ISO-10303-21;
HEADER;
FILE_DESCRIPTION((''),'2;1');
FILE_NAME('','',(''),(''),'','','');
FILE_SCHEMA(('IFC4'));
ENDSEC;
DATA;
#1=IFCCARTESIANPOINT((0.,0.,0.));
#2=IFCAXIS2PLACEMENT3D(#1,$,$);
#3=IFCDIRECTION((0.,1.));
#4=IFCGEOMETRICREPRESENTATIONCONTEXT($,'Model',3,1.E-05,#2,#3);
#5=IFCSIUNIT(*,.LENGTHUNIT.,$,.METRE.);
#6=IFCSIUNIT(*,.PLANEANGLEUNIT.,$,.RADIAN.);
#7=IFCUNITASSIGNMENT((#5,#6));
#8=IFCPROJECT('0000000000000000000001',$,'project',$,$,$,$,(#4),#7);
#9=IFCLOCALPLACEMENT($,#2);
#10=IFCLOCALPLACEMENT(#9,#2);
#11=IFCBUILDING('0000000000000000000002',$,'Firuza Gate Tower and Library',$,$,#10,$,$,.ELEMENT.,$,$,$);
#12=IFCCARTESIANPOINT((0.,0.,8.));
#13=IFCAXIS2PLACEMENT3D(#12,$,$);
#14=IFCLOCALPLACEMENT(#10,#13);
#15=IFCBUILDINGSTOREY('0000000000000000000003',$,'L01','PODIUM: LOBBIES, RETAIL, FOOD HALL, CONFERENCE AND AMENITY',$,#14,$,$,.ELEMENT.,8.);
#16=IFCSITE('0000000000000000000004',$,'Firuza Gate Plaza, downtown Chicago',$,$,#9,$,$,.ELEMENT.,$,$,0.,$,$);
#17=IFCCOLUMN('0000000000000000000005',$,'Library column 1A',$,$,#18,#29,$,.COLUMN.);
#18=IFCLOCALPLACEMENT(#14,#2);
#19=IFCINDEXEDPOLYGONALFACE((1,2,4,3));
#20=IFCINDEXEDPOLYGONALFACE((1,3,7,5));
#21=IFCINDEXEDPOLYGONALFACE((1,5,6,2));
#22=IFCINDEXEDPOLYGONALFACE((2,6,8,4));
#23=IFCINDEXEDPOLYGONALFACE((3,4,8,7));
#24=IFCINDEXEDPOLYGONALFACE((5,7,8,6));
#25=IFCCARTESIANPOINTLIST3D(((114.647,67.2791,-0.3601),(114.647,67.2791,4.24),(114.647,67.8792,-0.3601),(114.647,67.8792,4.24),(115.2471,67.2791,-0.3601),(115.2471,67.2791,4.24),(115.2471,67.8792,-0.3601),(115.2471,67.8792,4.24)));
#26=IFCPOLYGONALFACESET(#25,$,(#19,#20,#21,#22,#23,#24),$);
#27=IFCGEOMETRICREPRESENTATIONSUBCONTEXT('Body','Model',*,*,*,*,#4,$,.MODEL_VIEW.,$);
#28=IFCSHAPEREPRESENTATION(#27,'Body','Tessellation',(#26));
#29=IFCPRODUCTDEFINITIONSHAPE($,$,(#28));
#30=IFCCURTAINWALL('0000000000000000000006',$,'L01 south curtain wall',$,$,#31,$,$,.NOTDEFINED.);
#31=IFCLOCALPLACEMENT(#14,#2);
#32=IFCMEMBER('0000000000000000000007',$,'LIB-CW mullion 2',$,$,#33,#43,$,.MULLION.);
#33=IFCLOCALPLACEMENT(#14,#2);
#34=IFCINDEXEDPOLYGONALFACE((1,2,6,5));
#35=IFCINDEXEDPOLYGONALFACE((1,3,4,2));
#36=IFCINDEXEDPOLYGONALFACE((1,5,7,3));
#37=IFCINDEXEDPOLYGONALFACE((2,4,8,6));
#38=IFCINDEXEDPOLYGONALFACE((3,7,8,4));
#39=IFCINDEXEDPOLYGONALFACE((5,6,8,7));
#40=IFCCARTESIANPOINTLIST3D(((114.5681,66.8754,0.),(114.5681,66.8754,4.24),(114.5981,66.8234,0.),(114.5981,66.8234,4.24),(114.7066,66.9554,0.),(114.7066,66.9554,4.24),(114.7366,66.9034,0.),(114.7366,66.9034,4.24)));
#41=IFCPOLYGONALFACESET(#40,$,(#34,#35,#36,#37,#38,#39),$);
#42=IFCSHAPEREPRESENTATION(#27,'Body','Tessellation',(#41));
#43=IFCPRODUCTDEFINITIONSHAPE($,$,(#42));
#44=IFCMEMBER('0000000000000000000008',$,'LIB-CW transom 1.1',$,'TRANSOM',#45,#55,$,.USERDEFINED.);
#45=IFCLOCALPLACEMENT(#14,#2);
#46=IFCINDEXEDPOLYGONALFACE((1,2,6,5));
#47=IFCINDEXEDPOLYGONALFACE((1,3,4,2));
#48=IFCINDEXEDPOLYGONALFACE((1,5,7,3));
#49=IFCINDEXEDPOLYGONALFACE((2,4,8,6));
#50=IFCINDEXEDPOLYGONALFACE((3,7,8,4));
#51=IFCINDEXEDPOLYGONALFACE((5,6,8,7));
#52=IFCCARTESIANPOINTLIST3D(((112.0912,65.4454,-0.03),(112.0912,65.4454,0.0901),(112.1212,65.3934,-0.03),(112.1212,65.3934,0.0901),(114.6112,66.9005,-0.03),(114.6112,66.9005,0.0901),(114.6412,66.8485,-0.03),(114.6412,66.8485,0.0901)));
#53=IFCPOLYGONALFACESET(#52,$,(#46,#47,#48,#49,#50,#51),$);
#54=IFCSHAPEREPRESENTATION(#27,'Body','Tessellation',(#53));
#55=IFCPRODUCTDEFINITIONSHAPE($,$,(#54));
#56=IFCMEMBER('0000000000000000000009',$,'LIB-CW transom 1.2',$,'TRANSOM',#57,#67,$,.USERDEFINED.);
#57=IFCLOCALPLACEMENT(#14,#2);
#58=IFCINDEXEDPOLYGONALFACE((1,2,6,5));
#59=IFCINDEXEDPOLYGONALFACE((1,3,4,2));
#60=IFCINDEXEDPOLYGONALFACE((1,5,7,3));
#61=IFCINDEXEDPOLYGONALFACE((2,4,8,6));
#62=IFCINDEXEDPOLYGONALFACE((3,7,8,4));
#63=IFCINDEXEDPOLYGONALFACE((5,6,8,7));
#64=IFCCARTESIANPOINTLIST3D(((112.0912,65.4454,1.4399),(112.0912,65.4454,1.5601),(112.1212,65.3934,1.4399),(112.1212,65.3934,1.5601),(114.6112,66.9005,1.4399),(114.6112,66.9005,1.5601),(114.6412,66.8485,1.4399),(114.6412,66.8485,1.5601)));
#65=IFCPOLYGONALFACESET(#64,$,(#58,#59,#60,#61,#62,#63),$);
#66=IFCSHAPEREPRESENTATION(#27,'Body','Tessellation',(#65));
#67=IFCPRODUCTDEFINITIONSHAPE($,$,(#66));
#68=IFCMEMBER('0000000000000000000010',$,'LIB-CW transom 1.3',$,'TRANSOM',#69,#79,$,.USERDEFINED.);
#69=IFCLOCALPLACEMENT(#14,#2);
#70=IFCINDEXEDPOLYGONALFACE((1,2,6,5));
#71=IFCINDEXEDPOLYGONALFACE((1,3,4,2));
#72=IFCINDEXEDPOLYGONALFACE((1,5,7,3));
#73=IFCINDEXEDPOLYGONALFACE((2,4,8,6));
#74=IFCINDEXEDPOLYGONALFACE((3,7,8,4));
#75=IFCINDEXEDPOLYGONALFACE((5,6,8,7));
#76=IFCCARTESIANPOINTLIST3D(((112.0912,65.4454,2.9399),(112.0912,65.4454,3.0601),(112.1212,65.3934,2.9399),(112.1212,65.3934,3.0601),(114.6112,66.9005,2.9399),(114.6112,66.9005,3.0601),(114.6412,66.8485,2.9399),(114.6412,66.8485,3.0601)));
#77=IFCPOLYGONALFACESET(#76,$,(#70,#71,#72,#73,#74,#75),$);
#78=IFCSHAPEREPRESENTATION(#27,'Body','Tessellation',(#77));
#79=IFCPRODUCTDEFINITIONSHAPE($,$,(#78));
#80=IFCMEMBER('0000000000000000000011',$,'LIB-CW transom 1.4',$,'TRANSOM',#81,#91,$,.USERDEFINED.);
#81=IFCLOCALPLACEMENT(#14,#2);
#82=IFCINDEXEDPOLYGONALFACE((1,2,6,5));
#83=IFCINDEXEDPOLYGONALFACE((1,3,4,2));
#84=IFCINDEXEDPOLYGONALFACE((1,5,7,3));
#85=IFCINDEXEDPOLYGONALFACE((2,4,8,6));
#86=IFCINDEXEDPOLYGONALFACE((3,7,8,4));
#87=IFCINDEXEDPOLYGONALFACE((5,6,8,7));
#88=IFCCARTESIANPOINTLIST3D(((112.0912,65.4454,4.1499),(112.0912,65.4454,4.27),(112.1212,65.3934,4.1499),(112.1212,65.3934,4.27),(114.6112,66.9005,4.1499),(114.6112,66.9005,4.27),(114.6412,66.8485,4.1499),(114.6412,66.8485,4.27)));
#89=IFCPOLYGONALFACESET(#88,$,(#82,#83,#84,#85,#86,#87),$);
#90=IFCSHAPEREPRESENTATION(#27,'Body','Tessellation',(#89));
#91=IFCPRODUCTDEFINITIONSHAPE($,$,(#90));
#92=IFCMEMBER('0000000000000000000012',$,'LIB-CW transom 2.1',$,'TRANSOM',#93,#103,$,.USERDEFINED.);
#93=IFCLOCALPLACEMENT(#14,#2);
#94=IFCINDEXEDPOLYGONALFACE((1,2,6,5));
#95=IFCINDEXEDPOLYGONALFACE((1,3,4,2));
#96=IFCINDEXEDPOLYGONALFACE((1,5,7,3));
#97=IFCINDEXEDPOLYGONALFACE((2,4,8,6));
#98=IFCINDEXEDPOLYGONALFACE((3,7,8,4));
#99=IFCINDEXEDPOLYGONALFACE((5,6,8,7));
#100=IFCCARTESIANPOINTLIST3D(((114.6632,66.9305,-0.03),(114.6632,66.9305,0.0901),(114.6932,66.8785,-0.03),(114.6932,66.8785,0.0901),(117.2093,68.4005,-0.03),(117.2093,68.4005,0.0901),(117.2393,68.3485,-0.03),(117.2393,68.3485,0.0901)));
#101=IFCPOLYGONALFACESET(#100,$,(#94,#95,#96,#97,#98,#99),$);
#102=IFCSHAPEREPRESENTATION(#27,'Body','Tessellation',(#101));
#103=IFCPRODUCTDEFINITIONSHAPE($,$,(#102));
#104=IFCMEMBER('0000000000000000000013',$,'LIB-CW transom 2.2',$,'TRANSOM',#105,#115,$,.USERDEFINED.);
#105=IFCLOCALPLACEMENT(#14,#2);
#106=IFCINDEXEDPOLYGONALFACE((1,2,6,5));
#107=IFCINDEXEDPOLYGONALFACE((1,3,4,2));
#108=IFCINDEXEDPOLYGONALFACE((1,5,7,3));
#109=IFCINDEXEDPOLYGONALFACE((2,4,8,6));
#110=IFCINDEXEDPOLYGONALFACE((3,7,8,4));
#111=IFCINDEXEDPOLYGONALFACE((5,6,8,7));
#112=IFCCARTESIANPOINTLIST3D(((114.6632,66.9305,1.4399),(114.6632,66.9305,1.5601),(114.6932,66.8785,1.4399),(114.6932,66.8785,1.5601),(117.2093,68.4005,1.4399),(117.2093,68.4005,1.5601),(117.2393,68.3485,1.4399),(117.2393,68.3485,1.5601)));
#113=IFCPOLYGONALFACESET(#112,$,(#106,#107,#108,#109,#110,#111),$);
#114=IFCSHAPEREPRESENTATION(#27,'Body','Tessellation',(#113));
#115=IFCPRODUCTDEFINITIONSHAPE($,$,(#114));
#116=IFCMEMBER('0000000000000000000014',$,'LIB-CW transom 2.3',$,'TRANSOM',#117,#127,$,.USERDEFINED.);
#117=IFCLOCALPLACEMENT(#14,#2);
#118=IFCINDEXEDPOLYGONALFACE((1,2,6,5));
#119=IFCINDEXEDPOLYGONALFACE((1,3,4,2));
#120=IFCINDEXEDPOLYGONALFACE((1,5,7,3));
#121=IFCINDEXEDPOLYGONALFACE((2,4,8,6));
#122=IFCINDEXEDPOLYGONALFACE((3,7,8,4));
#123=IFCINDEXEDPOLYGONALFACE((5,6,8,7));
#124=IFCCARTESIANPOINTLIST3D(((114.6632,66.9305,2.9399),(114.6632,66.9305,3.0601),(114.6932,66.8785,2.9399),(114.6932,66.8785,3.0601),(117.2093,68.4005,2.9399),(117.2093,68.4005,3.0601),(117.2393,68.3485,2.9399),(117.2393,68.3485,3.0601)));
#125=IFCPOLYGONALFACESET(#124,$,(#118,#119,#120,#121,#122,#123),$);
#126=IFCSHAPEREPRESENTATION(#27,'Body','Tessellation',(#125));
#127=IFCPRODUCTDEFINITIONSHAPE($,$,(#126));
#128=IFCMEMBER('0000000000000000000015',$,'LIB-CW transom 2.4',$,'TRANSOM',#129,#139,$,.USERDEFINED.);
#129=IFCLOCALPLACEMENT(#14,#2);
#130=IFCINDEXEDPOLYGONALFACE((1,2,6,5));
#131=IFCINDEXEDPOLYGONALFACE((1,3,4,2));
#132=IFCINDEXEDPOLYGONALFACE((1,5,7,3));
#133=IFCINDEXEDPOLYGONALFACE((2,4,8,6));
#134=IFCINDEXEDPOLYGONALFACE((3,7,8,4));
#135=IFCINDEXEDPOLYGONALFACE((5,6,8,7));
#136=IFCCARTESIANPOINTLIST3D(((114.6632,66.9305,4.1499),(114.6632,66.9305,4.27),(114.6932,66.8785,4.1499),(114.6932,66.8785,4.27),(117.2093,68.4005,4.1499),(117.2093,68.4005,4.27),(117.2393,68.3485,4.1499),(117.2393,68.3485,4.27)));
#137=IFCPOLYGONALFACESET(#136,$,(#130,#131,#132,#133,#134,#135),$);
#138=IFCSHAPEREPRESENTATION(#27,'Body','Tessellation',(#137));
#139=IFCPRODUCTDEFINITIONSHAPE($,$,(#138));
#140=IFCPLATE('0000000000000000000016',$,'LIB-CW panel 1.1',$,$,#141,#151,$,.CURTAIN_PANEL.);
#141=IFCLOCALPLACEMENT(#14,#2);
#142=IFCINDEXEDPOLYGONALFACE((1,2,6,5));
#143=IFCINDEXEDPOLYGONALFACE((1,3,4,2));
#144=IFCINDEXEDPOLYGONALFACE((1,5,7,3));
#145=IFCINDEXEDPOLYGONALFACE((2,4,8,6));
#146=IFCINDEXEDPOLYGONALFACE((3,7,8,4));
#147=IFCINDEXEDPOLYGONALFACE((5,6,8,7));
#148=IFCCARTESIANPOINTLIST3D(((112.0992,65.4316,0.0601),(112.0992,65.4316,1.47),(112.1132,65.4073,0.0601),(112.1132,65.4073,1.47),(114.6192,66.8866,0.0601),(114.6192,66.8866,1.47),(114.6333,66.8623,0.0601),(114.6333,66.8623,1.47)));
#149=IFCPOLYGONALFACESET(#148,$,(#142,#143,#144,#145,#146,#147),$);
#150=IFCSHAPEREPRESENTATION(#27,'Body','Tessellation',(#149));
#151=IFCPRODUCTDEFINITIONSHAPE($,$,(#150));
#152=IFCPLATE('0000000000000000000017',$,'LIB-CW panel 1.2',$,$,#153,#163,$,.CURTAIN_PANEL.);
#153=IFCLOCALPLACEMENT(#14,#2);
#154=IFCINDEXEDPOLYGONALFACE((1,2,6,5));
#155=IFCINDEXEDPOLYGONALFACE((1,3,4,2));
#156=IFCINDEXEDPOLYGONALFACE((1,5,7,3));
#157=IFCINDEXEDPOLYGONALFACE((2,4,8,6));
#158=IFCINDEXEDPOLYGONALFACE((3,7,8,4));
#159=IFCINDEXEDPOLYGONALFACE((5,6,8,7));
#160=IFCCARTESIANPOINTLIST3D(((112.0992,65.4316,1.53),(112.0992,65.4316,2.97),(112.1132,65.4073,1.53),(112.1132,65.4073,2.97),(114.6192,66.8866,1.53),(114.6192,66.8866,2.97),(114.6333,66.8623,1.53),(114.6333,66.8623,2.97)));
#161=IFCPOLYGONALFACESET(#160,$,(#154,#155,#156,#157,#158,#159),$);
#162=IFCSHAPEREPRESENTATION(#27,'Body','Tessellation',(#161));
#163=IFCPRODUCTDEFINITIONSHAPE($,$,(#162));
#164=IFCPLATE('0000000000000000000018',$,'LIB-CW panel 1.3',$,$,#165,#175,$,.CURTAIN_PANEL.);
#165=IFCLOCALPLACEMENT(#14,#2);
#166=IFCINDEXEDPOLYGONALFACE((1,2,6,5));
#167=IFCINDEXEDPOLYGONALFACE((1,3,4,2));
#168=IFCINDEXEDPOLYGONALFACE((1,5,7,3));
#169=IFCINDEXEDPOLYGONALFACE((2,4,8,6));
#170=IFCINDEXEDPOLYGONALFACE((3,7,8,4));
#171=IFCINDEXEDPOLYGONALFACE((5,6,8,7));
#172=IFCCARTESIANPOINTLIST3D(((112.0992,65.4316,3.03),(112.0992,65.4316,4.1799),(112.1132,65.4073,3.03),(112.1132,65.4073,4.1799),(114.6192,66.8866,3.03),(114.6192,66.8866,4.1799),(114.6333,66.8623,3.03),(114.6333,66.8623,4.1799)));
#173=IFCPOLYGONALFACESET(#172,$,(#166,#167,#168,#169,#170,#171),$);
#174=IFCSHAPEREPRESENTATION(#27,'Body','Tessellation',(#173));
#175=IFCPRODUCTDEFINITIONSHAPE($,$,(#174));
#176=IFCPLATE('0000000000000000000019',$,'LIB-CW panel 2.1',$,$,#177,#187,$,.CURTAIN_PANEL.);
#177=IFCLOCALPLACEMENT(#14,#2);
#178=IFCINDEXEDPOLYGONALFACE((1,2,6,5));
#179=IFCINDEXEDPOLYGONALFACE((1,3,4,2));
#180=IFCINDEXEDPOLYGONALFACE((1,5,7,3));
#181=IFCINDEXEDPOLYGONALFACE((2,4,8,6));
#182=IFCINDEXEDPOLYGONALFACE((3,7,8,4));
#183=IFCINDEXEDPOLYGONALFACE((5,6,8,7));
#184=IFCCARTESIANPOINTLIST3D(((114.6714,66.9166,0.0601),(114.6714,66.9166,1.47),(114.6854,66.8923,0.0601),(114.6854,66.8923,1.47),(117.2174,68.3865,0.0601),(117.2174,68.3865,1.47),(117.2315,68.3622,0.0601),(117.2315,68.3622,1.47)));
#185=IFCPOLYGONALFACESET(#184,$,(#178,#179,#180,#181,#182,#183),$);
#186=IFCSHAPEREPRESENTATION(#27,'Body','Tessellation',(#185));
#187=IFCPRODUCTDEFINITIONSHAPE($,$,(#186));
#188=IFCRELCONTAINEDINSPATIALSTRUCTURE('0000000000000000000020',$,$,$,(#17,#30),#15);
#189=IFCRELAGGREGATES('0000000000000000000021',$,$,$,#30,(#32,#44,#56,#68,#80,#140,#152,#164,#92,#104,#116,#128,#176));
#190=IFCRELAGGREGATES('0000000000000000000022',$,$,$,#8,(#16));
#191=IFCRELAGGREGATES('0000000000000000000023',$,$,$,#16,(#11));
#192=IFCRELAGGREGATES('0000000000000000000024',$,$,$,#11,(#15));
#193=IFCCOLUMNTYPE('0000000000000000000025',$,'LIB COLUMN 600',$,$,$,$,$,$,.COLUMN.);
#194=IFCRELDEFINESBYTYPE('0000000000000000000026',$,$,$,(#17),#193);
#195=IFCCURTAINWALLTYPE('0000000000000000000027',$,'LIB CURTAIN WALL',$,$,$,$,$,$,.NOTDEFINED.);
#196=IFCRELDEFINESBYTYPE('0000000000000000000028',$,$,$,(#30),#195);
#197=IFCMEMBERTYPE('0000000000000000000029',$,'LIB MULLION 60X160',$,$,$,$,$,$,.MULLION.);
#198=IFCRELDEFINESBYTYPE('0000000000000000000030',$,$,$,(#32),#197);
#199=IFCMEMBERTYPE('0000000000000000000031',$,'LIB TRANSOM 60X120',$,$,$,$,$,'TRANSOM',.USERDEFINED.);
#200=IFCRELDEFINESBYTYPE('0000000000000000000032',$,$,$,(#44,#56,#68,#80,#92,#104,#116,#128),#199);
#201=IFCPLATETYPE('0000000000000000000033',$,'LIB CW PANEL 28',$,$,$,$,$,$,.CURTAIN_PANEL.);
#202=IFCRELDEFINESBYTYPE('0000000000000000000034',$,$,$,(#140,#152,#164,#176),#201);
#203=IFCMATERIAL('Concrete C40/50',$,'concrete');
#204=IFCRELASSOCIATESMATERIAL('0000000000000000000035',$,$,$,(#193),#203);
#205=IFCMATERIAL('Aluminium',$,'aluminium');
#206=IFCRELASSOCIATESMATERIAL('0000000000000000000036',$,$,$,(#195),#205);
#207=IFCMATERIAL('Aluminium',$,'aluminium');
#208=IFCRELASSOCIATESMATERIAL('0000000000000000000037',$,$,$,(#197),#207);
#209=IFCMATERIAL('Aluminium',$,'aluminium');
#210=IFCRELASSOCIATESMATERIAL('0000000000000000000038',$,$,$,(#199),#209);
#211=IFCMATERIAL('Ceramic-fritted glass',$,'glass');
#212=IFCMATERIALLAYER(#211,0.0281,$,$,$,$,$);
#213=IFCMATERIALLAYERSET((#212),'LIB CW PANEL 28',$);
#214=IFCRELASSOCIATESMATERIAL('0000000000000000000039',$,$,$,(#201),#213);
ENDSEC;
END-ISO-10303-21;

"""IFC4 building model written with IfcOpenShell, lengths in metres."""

from ifc_helpers import new_model, si_unit, direction, frame, origin, origin_2d, place, context, subcontext, project, spatial, rectangle, extrude, material, layer, layer_set, material_profile, profile_set, type_object, element, aggregate, save


model = new_model("IFC4")

# Units and contexts
model_context = context("Model", 3, precision=1e-05, world=origin(), true_north=direction((0.0, 1.0)))
body_context = subcontext(model_context, "Body", "Model", "MODEL_VIEW")
ifc_project = project(units=[si_unit("LENGTHUNIT", "METRE"), si_unit("PLANEANGLEUNIT", "RADIAN")], contexts=[model_context])

# Site, building, storey
site_placement = place(None, origin())
site = spatial("IfcSite", under=ifc_project, at=site_placement, Name="Firuza Gate Plaza, downtown Chicago", CompositionType="ELEMENT", RefElevation=0.0)
building_placement = place(site_placement, origin())
building = spatial("IfcBuilding", under=site, at=building_placement, Name="Firuza Gate Tower and Library", CompositionType="ELEMENT")
storey_placement = place(building_placement, frame((0.0, 0.0, 8.0)))
storey = spatial("IfcBuildingStorey", under=building, at=storey_placement, Name="L01", Description="PODIUM: LOBBIES, RETAIL, FOOD HALL, CONFERENCE AND AMENITY", CompositionType="ELEMENT", Elevation=8.0)

# Column
ifc_material_1 = material(Name="Concrete C40/50", Category="concrete")
ifc_material_profile_1 = material_profile(ifc_material_1, rectangle(XDim=0.6001, YDim=0.6001, at=origin_2d()))
ifc_profile_set_1 = profile_set([ifc_material_profile_1], Name="Concrete C40/50")
column_type = type_object("IfcColumnType", Name="LIB COLUMN 600", PredefinedType="COLUMN", material=ifc_profile_set_1)
column_placement = place(storey_placement, frame((114.947, 67.5791, -0.3601), z_axis=(0.0, 0.0, 1.0), x_axis=(1.0, 0.0, 0.0)))
element("IfcColumn", 1, at=column_placement, inside=storey, type_object=column_type, Name="Library column 1A", PredefinedType="COLUMN", context=body_context, shape_type="SweptSolid", body=[
    extrude(rectangle(XDim=0.6001, YDim=0.6001, at=origin_2d()), origin(), (0.0, 0.0, 1.0), 4.6001),
])

# Curtain wall, members, plates
ifc_material_2 = material(Name="Aluminium", Category="aluminium")
curtain_wall_type = type_object("IfcCurtainWallType", Name="LIB CURTAIN WALL", PredefinedType="NOTDEFINED", material=ifc_material_2)
curtain_wall_placement = place(storey_placement, origin())
curtain_wall = element("IfcCurtainWall", 2, at=curtain_wall_placement, inside=storey, type_object=curtain_wall_type, Name="L01 south curtain wall", PredefinedType="NOTDEFINED")
ifc_material_3 = material(Name="Aluminium", Category="aluminium")
ifc_material_profile_2 = material_profile(ifc_material_3, rectangle(XDim=0.0601, YDim=0.1599, at=origin_2d()))
ifc_profile_set_2 = profile_set([ifc_material_profile_2], Name="Aluminium")
member_type_1 = type_object("IfcMemberType", Name="LIB MULLION 60X160", PredefinedType="MULLION", material=ifc_profile_set_2)
member_1_placement = place(storey_placement, frame((114.6523, 66.8894, 0.0), z_axis=(0.0, 0.0, 1.0), x_axis=(-0.500001, 0.866025, 0.0)))
member_1 = element("IfcMember", 3, at=member_1_placement, type_object=member_type_1, Name="LIB-CW mullion 2", PredefinedType="MULLION", context=body_context, shape_type="SweptSolid", body=[
    extrude(rectangle(XDim=0.0601, YDim=0.1599, at=origin_2d()), origin(), (0.0, 0.0, 1.0), 4.24),
])
ifc_material_4 = material(Name="Aluminium", Category="aluminium")
ifc_material_profile_3 = material_profile(ifc_material_4, rectangle(XDim=0.0601, YDim=0.1201, at=origin_2d()))
ifc_profile_set_3 = profile_set([ifc_material_profile_3], Name="Aluminium")
member_type_2 = type_object("IfcMemberType", Name="LIB TRANSOM 60X120", ElementType="TRANSOM", PredefinedType="USERDEFINED", material=ifc_profile_set_3)
member_2_placement = place(storey_placement, frame((112.1062, 65.4194, 0.03), z_axis=(0.866004, 0.500037, 0.0), x_axis=(-0.500037, 0.866004, 0.0)))
member_2 = element("IfcMember", 4, at=member_2_placement, type_object=member_type_2, Name="LIB-CW transom 1.1", ObjectType="TRANSOM", PredefinedType="USERDEFINED", context=body_context, shape_type="SweptSolid", body=[
    extrude(rectangle(XDim=0.0601, YDim=0.1201, at=origin_2d()), origin(), (0.0, 0.0, 1.0), 2.9099),
])
member_3_placement = place(storey_placement, frame((112.1062, 65.4194, 1.5), z_axis=(0.866004, 0.500037, 0.0), x_axis=(-0.500037, 0.866004, 0.0)))
member_3 = element("IfcMember", 5, at=member_3_placement, type_object=member_type_2, Name="LIB-CW transom 1.2", ObjectType="TRANSOM", PredefinedType="USERDEFINED", context=body_context, shape_type="SweptSolid", body=[
    extrude(rectangle(XDim=0.0601, YDim=0.1201, at=origin_2d()), origin(), (0.0, 0.0, 1.0), 2.9099),
])
member_4_placement = place(storey_placement, frame((112.1062, 65.4194, 3.0), z_axis=(0.866004, 0.500037, 0.0), x_axis=(-0.500037, 0.866004, 0.0)))
member_4 = element("IfcMember", 6, at=member_4_placement, type_object=member_type_2, Name="LIB-CW transom 1.3", ObjectType="TRANSOM", PredefinedType="USERDEFINED", context=body_context, shape_type="SweptSolid", body=[
    extrude(rectangle(XDim=0.0601, YDim=0.1201, at=origin_2d()), origin(), (0.0, 0.0, 1.0), 2.9099),
])
member_5_placement = place(storey_placement, frame((112.1062, 65.4194, 4.21), z_axis=(0.866004, 0.500037, 0.0), x_axis=(-0.500037, 0.866004, 0.0)))
member_5 = element("IfcMember", 7, at=member_5_placement, type_object=member_type_2, Name="LIB-CW transom 1.4", ObjectType="TRANSOM", PredefinedType="USERDEFINED", context=body_context, shape_type="SweptSolid", body=[
    extrude(rectangle(XDim=0.0601, YDim=0.1201, at=origin_2d()), origin(), (0.0, 0.0, 1.0), 2.9099),
])
member_6_placement = place(storey_placement, frame((114.6782, 66.9045, 0.03), z_axis=(0.866032, 0.499988, 0.0), x_axis=(-0.499988, 0.866032, 0.0)))
member_6 = element("IfcMember", 8, at=member_6_placement, type_object=member_type_2, Name="LIB-CW transom 2.1", ObjectType="TRANSOM", PredefinedType="USERDEFINED", context=body_context, shape_type="SweptSolid", body=[
    extrude(rectangle(XDim=0.0601, YDim=0.1201, at=origin_2d()), origin(), (0.0, 0.0, 1.0), 2.9399),
])
member_7_placement = place(storey_placement, frame((114.6782, 66.9045, 1.5), z_axis=(0.866032, 0.499988, 0.0), x_axis=(-0.499988, 0.866032, 0.0)))
member_7 = element("IfcMember", 9, at=member_7_placement, type_object=member_type_2, Name="LIB-CW transom 2.2", ObjectType="TRANSOM", PredefinedType="USERDEFINED", context=body_context, shape_type="SweptSolid", body=[
    extrude(rectangle(XDim=0.0601, YDim=0.1201, at=origin_2d()), origin(), (0.0, 0.0, 1.0), 2.9399),
])
member_8_placement = place(storey_placement, frame((114.6782, 66.9045, 3.0), z_axis=(0.866032, 0.499988, 0.0), x_axis=(-0.499988, 0.866032, 0.0)))
member_8 = element("IfcMember", 10, at=member_8_placement, type_object=member_type_2, Name="LIB-CW transom 2.3", ObjectType="TRANSOM", PredefinedType="USERDEFINED", context=body_context, shape_type="SweptSolid", body=[
    extrude(rectangle(XDim=0.0601, YDim=0.1201, at=origin_2d()), origin(), (0.0, 0.0, 1.0), 2.9399),
])
member_9_placement = place(storey_placement, frame((114.6782, 66.9045, 4.21), z_axis=(0.866032, 0.499988, 0.0), x_axis=(-0.499988, 0.866032, 0.0)))
member_9 = element("IfcMember", 11, at=member_9_placement, type_object=member_type_2, Name="LIB-CW transom 2.4", ObjectType="TRANSOM", PredefinedType="USERDEFINED", context=body_context, shape_type="SweptSolid", body=[
    extrude(rectangle(XDim=0.0601, YDim=0.1201, at=origin_2d()), origin(), (0.0, 0.0, 1.0), 2.9399),
])
ifc_material_5 = material(Name="Ceramic-fritted glass", Category="glass")
ifc_layer_1 = layer(ifc_material_5, 0.0281)
ifc_layer_set_1 = layer_set([ifc_layer_1], Name="LIB CW PANEL 28")
plate_type = type_object("IfcPlateType", Name="LIB CW PANEL 28", PredefinedType="CURTAIN_PANEL", material=ifc_layer_set_1)
plate_1_placement = place(storey_placement, frame((113.3662, 66.147, 0.0601), z_axis=(0.0, 0.0, 1.0), x_axis=(0.866025, 0.500001, 0.0)))
plate_1 = element("IfcPlate", 12, at=plate_1_placement, type_object=plate_type, Name="LIB-CW panel 1.1", PredefinedType="CURTAIN_PANEL", context=body_context, shape_type="SweptSolid", body=[
    extrude(rectangle(XDim=2.9099, YDim=0.0281, at=origin_2d()), origin(), (0.0, 0.0, 1.0), 1.4099),
])
plate_2_placement = place(storey_placement, frame((113.3662, 66.147, 1.53), z_axis=(0.0, 0.0, 1.0), x_axis=(0.866025, 0.500001, 0.0)))
plate_2 = element("IfcPlate", 13, at=plate_2_placement, type_object=plate_type, Name="LIB-CW panel 1.2", PredefinedType="CURTAIN_PANEL", context=body_context, shape_type="SweptSolid", body=[
    extrude(rectangle(XDim=2.9099, YDim=0.0281, at=origin_2d()), origin(), (0.0, 0.0, 1.0), 1.4399),
])
plate_3_placement = place(storey_placement, frame((113.3662, 66.147, 3.03), z_axis=(0.0, 0.0, 1.0), x_axis=(0.866025, 0.500001, 0.0)))
plate_3 = element("IfcPlate", 14, at=plate_3_placement, type_object=plate_type, Name="LIB-CW panel 1.3", PredefinedType="CURTAIN_PANEL", context=body_context, shape_type="SweptSolid", body=[
    extrude(rectangle(XDim=2.9099, YDim=0.0281, at=origin_2d()), origin(), (0.0, 0.0, 1.0), 1.1499),
])
plate_4_placement = place(storey_placement, frame((115.9514, 67.6394, 0.0601), z_axis=(0.0, 0.0, 1.0), x_axis=(0.866025, 0.500001, 0.0)))
plate_4 = element("IfcPlate", 15, at=plate_4_placement, type_object=plate_type, Name="LIB-CW panel 2.1", PredefinedType="CURTAIN_PANEL", context=body_context, shape_type="SweptSolid", body=[
    extrude(rectangle(XDim=2.9399, YDim=0.0281, at=origin_2d()), origin(), (0.0, 0.0, 1.0), 1.4099),
])
aggregate(curtain_wall, [member_1, member_2, member_3, member_4, member_5, plate_1, plate_2, plate_3, member_6, member_7, member_8, member_9, plate_4])

save(model, "model.ifc")
